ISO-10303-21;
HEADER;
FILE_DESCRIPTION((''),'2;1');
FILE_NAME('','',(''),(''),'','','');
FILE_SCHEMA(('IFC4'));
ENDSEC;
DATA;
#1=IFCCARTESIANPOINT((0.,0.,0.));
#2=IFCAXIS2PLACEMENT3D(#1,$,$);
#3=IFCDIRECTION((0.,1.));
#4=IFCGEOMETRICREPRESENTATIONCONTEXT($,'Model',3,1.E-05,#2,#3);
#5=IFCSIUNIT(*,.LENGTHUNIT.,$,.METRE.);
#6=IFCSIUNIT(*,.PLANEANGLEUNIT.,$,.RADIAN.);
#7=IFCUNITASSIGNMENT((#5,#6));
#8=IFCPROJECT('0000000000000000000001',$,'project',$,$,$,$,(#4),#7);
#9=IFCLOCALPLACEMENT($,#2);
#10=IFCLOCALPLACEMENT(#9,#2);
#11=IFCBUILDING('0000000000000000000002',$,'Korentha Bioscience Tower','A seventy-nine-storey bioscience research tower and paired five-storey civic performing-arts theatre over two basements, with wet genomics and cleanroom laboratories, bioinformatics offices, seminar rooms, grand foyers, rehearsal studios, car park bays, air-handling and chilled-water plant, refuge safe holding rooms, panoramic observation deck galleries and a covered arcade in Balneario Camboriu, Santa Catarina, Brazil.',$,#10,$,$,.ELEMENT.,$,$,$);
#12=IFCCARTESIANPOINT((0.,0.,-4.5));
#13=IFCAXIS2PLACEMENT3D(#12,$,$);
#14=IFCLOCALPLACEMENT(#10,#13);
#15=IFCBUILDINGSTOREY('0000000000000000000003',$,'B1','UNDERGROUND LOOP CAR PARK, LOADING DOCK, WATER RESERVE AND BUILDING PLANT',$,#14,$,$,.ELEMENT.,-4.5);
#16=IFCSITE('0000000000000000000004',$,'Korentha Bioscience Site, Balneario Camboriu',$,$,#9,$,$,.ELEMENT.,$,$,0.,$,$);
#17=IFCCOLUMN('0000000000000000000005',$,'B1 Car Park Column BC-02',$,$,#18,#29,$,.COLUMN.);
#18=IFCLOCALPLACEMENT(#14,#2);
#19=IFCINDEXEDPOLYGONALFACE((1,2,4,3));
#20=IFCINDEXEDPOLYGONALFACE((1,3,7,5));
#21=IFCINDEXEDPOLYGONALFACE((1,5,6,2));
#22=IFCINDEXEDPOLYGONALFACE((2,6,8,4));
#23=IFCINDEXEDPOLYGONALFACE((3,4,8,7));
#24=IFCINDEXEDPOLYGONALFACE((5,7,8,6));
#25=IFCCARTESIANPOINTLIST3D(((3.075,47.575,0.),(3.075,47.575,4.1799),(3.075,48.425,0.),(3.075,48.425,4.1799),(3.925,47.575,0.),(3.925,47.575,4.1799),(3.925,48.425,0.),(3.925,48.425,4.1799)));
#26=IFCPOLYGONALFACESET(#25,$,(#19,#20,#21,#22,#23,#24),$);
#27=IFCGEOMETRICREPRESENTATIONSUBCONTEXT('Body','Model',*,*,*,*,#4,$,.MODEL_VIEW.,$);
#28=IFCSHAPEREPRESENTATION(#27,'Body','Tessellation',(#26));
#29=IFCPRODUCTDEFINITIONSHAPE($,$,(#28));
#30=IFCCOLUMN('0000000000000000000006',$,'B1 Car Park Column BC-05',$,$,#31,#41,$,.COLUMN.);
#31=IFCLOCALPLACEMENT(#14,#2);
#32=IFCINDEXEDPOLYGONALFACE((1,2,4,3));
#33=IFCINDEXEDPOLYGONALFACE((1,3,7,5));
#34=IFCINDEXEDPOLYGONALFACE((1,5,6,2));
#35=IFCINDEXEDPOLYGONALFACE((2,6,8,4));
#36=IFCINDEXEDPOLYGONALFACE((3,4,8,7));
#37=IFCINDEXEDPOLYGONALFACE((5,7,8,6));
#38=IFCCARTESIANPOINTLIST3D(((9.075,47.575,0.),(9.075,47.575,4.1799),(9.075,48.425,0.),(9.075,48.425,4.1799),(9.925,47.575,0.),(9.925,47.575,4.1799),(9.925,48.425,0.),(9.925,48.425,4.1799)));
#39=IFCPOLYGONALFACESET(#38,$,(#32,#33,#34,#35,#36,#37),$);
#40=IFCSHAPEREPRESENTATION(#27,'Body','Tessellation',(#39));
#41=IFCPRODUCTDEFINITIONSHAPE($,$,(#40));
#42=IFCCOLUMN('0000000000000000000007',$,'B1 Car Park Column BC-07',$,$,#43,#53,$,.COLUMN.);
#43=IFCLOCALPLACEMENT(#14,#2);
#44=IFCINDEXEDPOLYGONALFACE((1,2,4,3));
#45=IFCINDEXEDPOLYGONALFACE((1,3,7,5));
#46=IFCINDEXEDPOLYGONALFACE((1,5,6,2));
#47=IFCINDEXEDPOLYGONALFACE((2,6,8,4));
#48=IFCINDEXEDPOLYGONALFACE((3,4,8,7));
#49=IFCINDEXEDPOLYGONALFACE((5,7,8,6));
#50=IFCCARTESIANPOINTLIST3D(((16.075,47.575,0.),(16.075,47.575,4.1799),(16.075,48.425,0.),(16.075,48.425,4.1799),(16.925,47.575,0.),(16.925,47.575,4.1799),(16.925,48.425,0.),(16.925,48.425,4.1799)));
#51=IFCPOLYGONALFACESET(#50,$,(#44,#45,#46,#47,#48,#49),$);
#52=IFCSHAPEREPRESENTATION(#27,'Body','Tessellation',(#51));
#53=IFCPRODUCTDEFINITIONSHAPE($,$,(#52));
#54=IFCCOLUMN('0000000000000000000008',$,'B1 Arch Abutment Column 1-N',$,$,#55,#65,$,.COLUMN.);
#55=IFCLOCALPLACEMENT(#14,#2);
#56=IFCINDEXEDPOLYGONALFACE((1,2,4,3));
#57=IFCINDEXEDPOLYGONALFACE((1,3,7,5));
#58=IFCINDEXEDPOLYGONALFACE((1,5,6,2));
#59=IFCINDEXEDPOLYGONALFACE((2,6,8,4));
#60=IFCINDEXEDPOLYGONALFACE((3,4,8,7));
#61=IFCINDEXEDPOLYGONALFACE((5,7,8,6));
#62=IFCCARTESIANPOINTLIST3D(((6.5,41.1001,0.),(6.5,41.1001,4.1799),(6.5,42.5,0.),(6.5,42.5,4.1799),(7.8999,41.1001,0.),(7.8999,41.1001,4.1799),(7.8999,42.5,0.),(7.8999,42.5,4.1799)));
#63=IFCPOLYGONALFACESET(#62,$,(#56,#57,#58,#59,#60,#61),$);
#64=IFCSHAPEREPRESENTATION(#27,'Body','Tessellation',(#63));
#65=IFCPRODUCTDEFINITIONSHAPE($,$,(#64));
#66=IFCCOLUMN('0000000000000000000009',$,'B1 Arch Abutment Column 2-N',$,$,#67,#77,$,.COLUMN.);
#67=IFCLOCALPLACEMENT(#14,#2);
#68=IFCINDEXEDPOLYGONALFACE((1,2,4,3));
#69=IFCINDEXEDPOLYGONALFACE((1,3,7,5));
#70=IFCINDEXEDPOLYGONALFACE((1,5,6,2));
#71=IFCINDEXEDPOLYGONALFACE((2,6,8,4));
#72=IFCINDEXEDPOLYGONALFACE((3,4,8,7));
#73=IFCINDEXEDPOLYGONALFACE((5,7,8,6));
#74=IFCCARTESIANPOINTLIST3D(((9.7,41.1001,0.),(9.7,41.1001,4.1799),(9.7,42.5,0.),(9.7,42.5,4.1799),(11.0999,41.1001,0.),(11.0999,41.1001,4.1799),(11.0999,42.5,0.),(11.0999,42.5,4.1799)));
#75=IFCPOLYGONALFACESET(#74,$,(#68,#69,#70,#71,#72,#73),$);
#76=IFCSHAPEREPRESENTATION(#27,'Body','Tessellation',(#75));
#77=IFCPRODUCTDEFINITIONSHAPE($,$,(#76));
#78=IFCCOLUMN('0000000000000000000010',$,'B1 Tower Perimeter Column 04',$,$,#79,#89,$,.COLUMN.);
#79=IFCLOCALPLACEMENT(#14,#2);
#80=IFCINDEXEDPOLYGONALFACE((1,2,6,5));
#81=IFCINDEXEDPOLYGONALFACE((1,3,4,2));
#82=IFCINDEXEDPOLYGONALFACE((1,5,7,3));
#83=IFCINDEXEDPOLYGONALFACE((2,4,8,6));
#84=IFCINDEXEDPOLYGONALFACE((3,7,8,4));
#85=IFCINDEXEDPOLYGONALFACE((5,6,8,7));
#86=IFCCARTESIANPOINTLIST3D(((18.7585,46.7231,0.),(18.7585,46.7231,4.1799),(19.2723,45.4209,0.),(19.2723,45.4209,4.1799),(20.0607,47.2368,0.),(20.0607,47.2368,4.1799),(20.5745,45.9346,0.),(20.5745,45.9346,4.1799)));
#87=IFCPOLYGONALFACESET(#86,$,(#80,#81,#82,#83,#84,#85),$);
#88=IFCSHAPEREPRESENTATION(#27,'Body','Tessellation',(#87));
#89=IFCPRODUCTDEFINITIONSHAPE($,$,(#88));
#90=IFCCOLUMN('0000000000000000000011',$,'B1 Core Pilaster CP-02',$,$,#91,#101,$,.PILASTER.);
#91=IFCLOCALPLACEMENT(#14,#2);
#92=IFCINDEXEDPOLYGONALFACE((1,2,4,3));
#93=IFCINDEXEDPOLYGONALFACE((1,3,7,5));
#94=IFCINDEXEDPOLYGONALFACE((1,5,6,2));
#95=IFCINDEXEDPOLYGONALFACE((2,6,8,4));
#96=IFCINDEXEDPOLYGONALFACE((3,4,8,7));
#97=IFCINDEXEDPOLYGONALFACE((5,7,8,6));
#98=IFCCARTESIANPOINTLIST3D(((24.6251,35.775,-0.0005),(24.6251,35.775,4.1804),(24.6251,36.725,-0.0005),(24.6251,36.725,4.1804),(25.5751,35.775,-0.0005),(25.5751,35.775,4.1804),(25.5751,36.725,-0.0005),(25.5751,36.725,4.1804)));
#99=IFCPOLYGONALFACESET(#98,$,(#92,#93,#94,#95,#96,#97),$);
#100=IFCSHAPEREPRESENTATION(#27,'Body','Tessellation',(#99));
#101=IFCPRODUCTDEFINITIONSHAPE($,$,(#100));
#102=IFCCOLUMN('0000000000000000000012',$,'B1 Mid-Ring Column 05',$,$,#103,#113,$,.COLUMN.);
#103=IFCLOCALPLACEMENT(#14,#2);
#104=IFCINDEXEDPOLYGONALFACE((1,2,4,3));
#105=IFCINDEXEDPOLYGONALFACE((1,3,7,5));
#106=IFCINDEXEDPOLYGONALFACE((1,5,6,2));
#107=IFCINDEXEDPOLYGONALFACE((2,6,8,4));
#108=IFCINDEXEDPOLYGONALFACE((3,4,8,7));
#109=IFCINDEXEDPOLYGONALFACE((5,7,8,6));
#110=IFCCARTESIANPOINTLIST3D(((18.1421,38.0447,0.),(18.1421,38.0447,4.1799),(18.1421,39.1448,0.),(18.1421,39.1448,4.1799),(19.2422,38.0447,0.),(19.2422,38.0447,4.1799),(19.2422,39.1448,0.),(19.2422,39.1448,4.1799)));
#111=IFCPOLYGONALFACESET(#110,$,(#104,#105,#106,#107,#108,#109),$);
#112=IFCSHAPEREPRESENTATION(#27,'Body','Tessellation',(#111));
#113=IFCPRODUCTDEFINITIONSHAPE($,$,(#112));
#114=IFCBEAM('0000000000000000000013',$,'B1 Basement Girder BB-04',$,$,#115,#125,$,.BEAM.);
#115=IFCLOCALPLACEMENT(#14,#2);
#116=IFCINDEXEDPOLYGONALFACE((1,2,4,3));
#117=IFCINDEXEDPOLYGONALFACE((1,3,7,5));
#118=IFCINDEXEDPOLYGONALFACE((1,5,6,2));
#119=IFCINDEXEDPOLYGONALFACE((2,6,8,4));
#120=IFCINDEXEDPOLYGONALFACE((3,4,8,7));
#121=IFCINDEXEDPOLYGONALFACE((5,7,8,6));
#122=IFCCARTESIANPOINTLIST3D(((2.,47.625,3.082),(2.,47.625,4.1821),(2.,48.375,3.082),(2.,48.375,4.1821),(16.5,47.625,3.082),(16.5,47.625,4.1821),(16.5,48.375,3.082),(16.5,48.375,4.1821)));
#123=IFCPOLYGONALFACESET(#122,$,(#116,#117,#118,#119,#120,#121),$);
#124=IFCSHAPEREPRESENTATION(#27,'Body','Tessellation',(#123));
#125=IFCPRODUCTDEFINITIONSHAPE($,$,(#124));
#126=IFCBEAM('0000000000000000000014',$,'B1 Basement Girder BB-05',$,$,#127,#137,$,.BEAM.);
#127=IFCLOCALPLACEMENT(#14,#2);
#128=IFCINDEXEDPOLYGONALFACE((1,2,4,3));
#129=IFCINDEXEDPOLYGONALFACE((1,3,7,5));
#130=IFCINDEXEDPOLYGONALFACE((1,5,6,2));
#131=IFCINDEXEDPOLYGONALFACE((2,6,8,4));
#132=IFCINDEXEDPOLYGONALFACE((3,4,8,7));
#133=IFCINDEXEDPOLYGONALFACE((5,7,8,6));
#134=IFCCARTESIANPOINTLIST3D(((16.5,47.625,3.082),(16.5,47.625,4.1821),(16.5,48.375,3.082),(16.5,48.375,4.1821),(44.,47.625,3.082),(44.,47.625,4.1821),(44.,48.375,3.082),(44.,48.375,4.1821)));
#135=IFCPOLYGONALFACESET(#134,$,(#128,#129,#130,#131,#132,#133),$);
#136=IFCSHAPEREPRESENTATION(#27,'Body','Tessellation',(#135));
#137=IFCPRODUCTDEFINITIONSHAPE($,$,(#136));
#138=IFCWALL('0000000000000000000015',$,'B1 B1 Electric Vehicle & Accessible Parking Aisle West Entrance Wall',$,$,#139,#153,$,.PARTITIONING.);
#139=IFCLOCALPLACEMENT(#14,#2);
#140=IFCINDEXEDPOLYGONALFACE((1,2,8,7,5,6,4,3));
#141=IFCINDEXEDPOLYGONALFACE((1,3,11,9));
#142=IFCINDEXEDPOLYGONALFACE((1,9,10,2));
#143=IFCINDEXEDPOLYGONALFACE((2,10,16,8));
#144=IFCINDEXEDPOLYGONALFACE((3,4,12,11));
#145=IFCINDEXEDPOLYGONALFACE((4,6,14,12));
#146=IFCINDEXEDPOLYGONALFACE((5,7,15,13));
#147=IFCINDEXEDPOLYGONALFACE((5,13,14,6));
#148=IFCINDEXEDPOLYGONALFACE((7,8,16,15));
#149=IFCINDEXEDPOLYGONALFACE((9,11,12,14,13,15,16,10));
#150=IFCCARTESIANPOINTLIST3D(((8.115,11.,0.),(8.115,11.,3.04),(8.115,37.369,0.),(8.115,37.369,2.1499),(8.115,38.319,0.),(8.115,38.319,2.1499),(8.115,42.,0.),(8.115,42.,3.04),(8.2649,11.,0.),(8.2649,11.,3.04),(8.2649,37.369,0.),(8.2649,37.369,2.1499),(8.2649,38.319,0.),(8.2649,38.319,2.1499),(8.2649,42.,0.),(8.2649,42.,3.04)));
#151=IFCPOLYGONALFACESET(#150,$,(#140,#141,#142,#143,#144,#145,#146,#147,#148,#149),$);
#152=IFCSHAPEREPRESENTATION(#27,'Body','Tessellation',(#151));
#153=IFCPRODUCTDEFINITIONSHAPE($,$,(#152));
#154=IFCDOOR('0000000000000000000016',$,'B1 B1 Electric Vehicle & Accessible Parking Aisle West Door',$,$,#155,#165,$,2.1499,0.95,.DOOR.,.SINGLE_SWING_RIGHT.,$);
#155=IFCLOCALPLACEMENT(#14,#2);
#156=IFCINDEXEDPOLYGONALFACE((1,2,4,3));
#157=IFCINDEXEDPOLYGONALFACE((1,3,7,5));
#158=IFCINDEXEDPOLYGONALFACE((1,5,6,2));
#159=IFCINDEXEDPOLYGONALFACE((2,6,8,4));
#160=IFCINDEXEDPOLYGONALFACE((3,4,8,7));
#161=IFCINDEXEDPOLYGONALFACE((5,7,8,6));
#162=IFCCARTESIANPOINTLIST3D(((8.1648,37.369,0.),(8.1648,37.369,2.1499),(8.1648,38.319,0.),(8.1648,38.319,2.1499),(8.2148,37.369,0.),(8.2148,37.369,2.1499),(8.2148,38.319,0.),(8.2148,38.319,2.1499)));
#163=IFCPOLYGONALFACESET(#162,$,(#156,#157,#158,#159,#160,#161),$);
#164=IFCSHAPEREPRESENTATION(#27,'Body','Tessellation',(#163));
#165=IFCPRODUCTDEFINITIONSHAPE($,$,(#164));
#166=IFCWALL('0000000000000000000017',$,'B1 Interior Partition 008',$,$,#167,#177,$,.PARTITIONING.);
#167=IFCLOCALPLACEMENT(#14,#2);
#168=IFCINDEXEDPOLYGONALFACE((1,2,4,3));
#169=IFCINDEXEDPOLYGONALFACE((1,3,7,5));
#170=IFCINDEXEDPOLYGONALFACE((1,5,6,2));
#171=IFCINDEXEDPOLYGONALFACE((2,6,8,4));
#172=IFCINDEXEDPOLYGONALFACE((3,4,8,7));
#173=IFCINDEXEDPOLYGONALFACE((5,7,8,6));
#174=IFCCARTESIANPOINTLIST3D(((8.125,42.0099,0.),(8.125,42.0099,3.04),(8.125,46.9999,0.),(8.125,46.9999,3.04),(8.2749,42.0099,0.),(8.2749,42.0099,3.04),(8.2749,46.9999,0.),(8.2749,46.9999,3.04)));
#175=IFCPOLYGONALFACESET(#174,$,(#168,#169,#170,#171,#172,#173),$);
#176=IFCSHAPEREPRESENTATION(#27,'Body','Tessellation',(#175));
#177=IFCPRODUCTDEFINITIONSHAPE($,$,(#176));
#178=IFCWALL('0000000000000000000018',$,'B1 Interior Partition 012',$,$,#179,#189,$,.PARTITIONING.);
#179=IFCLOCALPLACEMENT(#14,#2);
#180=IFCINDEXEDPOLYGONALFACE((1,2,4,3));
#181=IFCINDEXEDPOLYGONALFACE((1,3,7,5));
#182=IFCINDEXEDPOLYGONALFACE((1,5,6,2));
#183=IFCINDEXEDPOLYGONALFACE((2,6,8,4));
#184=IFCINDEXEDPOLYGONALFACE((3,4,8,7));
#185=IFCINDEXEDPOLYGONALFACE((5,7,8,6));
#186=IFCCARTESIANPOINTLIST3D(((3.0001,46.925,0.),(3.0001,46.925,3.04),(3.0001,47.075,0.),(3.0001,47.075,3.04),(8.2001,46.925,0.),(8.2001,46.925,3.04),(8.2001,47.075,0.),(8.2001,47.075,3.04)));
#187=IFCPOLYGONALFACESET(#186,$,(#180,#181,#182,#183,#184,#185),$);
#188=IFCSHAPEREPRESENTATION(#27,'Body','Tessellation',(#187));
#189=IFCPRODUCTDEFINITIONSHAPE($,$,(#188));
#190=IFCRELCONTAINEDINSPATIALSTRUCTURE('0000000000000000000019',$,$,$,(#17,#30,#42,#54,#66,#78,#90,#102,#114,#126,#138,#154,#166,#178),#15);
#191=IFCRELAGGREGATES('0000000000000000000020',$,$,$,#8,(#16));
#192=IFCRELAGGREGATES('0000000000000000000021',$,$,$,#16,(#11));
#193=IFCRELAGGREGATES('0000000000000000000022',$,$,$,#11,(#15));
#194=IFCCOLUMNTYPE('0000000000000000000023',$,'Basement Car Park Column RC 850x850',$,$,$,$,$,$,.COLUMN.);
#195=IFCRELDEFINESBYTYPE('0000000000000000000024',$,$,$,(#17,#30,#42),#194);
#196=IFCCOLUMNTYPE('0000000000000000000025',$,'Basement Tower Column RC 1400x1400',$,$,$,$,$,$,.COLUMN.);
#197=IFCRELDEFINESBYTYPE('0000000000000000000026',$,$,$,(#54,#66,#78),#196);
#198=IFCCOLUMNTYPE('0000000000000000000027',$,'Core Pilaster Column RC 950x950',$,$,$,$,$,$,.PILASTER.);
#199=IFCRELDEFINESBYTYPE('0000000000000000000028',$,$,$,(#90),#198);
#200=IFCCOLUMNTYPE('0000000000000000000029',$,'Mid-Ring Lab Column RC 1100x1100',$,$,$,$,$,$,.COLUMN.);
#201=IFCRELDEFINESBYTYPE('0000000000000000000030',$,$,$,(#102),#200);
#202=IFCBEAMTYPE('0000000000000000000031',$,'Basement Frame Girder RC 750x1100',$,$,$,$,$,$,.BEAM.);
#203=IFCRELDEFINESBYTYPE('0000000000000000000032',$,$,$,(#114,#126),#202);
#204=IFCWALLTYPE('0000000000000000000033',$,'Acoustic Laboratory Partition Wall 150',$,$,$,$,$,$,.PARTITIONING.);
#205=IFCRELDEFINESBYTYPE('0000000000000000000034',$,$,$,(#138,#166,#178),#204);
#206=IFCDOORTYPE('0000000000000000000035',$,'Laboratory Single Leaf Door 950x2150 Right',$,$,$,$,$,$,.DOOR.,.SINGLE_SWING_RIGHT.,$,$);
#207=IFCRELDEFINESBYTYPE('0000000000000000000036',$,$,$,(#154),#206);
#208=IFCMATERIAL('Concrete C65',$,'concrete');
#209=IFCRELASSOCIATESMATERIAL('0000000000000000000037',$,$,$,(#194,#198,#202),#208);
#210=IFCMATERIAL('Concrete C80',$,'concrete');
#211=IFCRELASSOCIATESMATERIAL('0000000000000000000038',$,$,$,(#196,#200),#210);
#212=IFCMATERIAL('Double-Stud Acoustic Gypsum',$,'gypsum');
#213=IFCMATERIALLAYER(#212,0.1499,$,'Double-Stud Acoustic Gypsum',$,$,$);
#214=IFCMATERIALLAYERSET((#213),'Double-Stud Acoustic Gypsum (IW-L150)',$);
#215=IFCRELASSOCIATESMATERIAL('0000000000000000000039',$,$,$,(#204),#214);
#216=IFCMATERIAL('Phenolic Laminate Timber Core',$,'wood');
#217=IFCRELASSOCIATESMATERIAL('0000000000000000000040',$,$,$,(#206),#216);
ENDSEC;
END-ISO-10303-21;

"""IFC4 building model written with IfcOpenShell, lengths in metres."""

from ifc_helpers import new_model, si_unit, direction, frame, frame_2d, origin, origin_2d, place, context, subcontext, project, spatial, rectangle, extrude, material, layer, layer_set, material_profile, profile_set, type_object, element, fill, save


model = new_model("IFC4")

# Units and contexts
model_context = context("Model", 3, precision=1e-05, world=origin(), true_north=direction((0.0, 1.0)))
body_context = subcontext(model_context, "Body", "Model", "MODEL_VIEW")
ifc_project = project(units=[si_unit("LENGTHUNIT", "METRE"), si_unit("PLANEANGLEUNIT", "RADIAN")], contexts=[model_context])

# Site, building, storey
site_placement = place(None, origin())
site = spatial("IfcSite", under=ifc_project, at=site_placement, Name="Korentha Bioscience Site, Balneario Camboriu", CompositionType="ELEMENT", RefElevation=0.0)
building_placement = place(site_placement, origin())
building = spatial("IfcBuilding", under=site, at=building_placement, Name="Korentha Bioscience Tower", Description="A seventy-nine-storey bioscience research tower and paired five-storey civic performing-arts theatre over two basements, with wet genomics and cleanroom laboratories, bioinformatics offices, seminar rooms, grand foyers, rehearsal studios, car park bays, air-handling and chilled-water plant, refuge safe holding rooms, panoramic observation deck galleries and a covered arcade in Balneario Camboriu, Santa Catarina, Brazil.", CompositionType="ELEMENT")
storey_placement = place(building_placement, frame((0.0, 0.0, -4.5)))
storey = spatial("IfcBuildingStorey", under=building, at=storey_placement, Name="B1", Description="UNDERGROUND LOOP CAR PARK, LOADING DOCK, WATER RESERVE AND BUILDING PLANT", CompositionType="ELEMENT", Elevation=-4.5)

# Columns
ifc_material_1 = material(Name="Concrete C65", Category="concrete")
ifc_material_profile_1 = material_profile(ifc_material_1, rectangle(XDim=0.8501, YDim=0.8501, at=origin_2d()), Name="Concrete C65")
ifc_profile_set_1 = profile_set([ifc_material_profile_1], Name="Concrete C65 (BC-01)")
column_type_1 = type_object("IfcColumnType", Name="Basement Car Park Column RC 850x850", PredefinedType="COLUMN", material=ifc_profile_set_1)
for number, where, z_axis, x_axis, name in (
    (1, (3.5, 48.0, 0.0), (0.0, 0.0, 1.0), (1.0, 0.0, 0.0), "B1 Car Park Column BC-02"),
    (2, (9.5, 48.0, 0.0), (0.0, 0.0, 1.0), (1.0, 0.0, 0.0), "B1 Car Park Column BC-05"),
    (3, (16.5, 48.0, 0.0), (0.0, 0.0, 1.0), (1.0, 0.0, 0.0), "B1 Car Park Column BC-07"),
):
    element("IfcColumn", number, at=place(storey_placement, frame(where, z_axis=z_axis, x_axis=x_axis)), inside=storey, type_object=column_type_1, Name=name, PredefinedType="COLUMN", context=body_context, shape_type="SweptSolid", body=[
        extrude(rectangle(XDim=0.8501, YDim=0.8501, at=origin_2d()), origin(), (0.0, 0.0, 1.0), 4.1799),
    ])
ifc_material_2 = material(Name="Concrete C80", Category="concrete")
ifc_material_profile_2 = material_profile(ifc_material_2, rectangle(XDim=1.3999, YDim=1.3999, at=origin_2d()), Name="Concrete C80")
ifc_profile_set_2 = profile_set([ifc_material_profile_2], Name="Concrete C80 (COL-B14)")
column_type_2 = type_object("IfcColumnType", Name="Basement Tower Column RC 1400x1400", PredefinedType="COLUMN", material=ifc_profile_set_2)
for number, where, z_axis, x_axis, name in (
    (4, (7.2, 41.8, 0.0), (0.0, 0.0, 1.0), (1.0, 0.0, 0.0), "B1 Arch Abutment Column 1-N"),
    (5, (10.3999, 41.8, 0.0), (0.0, 0.0, 1.0), (1.0, 0.0, 0.0), "B1 Arch Abutment Column 2-N"),
    (6, (19.6665, 46.3289, 0.0), (0.0, 0.0, 1.0), (0.930226, 0.366988, 0.0), "B1 Tower Perimeter Column 04"),
):
    element("IfcColumn", number, at=place(storey_placement, frame(where, z_axis=z_axis, x_axis=x_axis)), inside=storey, type_object=column_type_2, Name=name, PredefinedType="COLUMN", context=body_context, shape_type="SweptSolid", body=[
        extrude(rectangle(XDim=1.3999, YDim=1.3999, at=origin_2d()), origin(), (0.0, 0.0, 1.0), 4.1799),
    ])
ifc_material_profile_3 = material_profile(ifc_material_1, rectangle(XDim=0.95, YDim=0.95, at=origin_2d()), Name="Concrete C65")
ifc_profile_set_3 = profile_set([ifc_material_profile_3], Name="Concrete C65 (COL-CP09)")
column_type_3 = type_object("IfcColumnType", Name="Core Pilaster Column RC 950x950", PredefinedType="PILASTER", material=ifc_profile_set_3)
column_1_placement = place(storey_placement, frame((25.1001, 36.25, -0.0005), z_axis=(0.0, 0.0, 1.0), x_axis=(1.0, 0.0, 0.0)))
element("IfcColumn", 7, at=column_1_placement, inside=storey, type_object=column_type_3, Name="B1 Core Pilaster CP-02", PredefinedType="PILASTER", context=body_context, shape_type="SweptSolid", body=[
    extrude(rectangle(XDim=0.95, YDim=0.95, at=origin_2d()), origin(), (0.0, 0.0, 1.0), 4.1809),
])
ifc_material_profile_4 = material_profile(ifc_material_2, rectangle(XDim=1.1001, YDim=1.1001, at=origin_2d()), Name="Concrete C80")
ifc_profile_set_4 = profile_set([ifc_material_profile_4], Name="Concrete C80 (COL-MR11)")
column_type_4 = type_object("IfcColumnType", Name="Mid-Ring Lab Column RC 1100x1100", PredefinedType="COLUMN", material=ifc_profile_set_4)
column_2_placement = place(storey_placement, frame((18.6921, 38.5947, 0.0), z_axis=(0.0, 0.0, 1.0), x_axis=(1.0, 0.0, 0.0)))
element("IfcColumn", 8, at=column_2_placement, inside=storey, type_object=column_type_4, Name="B1 Mid-Ring Column 05", PredefinedType="COLUMN", context=body_context, shape_type="SweptSolid", body=[
    extrude(rectangle(XDim=1.1001, YDim=1.1001, at=origin_2d()), origin(), (0.0, 0.0, 1.0), 4.1799),
])

# Beams
ifc_material_profile_5 = material_profile(ifc_material_1, rectangle(XDim=0.75, YDim=1.1001, at=origin_2d()), Name="Concrete C65")
ifc_profile_set_5 = profile_set([ifc_material_profile_5], Name="Concrete C65 (BB-750)")
beam_type = type_object("IfcBeamType", Name="Basement Frame Girder RC 750x1100", PredefinedType="BEAM", material=ifc_profile_set_5)
beam_1_placement = place(storey_placement, frame((2.0, 48.0, 3.6321), z_axis=(1.0, 0.0, 0.0), x_axis=(0.0, 1.0, 0.0)))
element("IfcBeam", 9, at=beam_1_placement, inside=storey, type_object=beam_type, Name="B1 Basement Girder BB-04", PredefinedType="BEAM", context=body_context, shape_type="SweptSolid", body=[
    extrude(rectangle(XDim=0.75, YDim=1.1001, at=origin_2d()), origin(), (0.0, 0.0, 1.0), 14.5),
])
beam_2_placement = place(storey_placement, frame((16.5, 48.0, 3.6321), z_axis=(1.0, 0.0, 0.0), x_axis=(0.0, 1.0, 0.0)))
element("IfcBeam", 10, at=beam_2_placement, inside=storey, type_object=beam_type, Name="B1 Basement Girder BB-05", PredefinedType="BEAM", context=body_context, shape_type="SweptSolid", body=[
    extrude(rectangle(XDim=0.75, YDim=1.1001, at=origin_2d()), origin(), (0.0, 0.0, 1.0), 27.5),
])

# Wall, opening, door
ifc_material_3 = material(Name="Double-Stud Acoustic Gypsum", Category="gypsum")
ifc_layer_1 = layer(ifc_material_3, 0.1499, Name="Double-Stud Acoustic Gypsum")
ifc_layer_set_1 = layer_set([ifc_layer_1], Name="Double-Stud Acoustic Gypsum (IW-L150)")
wall_type_1 = type_object("IfcWallType", Name="Acoustic Laboratory Partition Wall 150", PredefinedType="PARTITIONING", material=ifc_layer_set_1)
wall_1_placement = place(storey_placement, frame((8.1899, 42.0, 0.0), z_axis=(0.0, 0.0, 1.0), x_axis=(0.0, -1.0, 0.0)))
wall_1 = element("IfcWall", 11, at=wall_1_placement, inside=storey, type_object=wall_type_1, Name="B1 B1 Electric Vehicle & Accessible Parking Aisle West Entrance Wall", PredefinedType="PARTITIONING", context=body_context, shape_type="SweptSolid", body=[
    extrude(rectangle(XDim=31.0, YDim=0.1499, at=frame_2d((15.5, 0.0))), origin(), (0.0, 0.0, 1.0), 3.04),
])
opening_1_placement = place(wall_1_placement, frame((3.6809, 0.0, 0.0)))
opening_1 = element("IfcOpeningElement", 12, at=opening_1_placement, cuts=wall_1, PredefinedType="OPENING", context=body_context, shape_type="SweptSolid", body=[
    extrude(rectangle(XDim=0.95, YDim=2.1499, at=frame_2d((0.4751, 1.075))), frame((0.0, 0.0898, 0.0), z_axis=(0.0, -1.0, 0.0), x_axis=(1.0, 0.0, 0.0)), (0.0, 0.0, 1.0), 0.1797),
])
ifc_material_4 = material(Name="Phenolic Laminate Timber Core", Category="wood")
door_type_1 = type_object("IfcDoorType", Name="Laboratory Single Leaf Door 950x2150 Right", OperationType="SINGLE_SWING_RIGHT", PredefinedType="DOOR", material=ifc_material_4)
door_1_placement = place(opening_1_placement, origin())
door_1 = element("IfcDoor", 13, at=door_1_placement, inside=storey, type_object=door_type_1, Name="B1 B1 Electric Vehicle & Accessible Parking Aisle West Door", OperationType="SINGLE_SWING_RIGHT", OverallHeight=2.1499, OverallWidth=0.95, PredefinedType="DOOR", context=body_context, shape_type="SweptSolid", body=[
    extrude(rectangle(XDim=0.95, YDim=2.1499, at=frame_2d((0.4751, 1.075))), frame((0.0, 0.0249, 0.0), z_axis=(0.0, -1.0, 0.0), x_axis=(1.0, 0.0, 0.0)), (0.0, 0.0, 1.0), 0.05),
])
fill(opening_1, door_1)

# Walls
wall_2_placement = place(storey_placement, frame((8.2, 47.0, 0.0), z_axis=(0.0, 0.0, 1.0), x_axis=(0.0, -1.0, 0.0)))
element("IfcWall", 14, at=wall_2_placement, inside=storey, type_object=wall_type_1, Name="B1 Interior Partition 008", PredefinedType="PARTITIONING", context=body_context, shape_type="SweptSolid", body=[
    extrude(rectangle(XDim=4.99, YDim=0.1499, at=frame_2d((2.4951, 0.0))), origin(), (0.0, 0.0, 1.0), 3.04),
])
wall_3_placement = place(storey_placement, frame((3.0, 47.0, 0.0), z_axis=(0.0, 0.0, 1.0), x_axis=(1.0, 0.0, 0.0)))
element("IfcWall", 15, at=wall_3_placement, inside=storey, type_object=wall_type_1, Name="B1 Interior Partition 012", PredefinedType="PARTITIONING", context=body_context, shape_type="SweptSolid", body=[
    extrude(rectangle(XDim=5.2, YDim=0.1499, at=frame_2d((2.6001, 0.0))), origin(), (0.0, 0.0, 1.0), 3.04),
])

save(model, "model.ifc")
